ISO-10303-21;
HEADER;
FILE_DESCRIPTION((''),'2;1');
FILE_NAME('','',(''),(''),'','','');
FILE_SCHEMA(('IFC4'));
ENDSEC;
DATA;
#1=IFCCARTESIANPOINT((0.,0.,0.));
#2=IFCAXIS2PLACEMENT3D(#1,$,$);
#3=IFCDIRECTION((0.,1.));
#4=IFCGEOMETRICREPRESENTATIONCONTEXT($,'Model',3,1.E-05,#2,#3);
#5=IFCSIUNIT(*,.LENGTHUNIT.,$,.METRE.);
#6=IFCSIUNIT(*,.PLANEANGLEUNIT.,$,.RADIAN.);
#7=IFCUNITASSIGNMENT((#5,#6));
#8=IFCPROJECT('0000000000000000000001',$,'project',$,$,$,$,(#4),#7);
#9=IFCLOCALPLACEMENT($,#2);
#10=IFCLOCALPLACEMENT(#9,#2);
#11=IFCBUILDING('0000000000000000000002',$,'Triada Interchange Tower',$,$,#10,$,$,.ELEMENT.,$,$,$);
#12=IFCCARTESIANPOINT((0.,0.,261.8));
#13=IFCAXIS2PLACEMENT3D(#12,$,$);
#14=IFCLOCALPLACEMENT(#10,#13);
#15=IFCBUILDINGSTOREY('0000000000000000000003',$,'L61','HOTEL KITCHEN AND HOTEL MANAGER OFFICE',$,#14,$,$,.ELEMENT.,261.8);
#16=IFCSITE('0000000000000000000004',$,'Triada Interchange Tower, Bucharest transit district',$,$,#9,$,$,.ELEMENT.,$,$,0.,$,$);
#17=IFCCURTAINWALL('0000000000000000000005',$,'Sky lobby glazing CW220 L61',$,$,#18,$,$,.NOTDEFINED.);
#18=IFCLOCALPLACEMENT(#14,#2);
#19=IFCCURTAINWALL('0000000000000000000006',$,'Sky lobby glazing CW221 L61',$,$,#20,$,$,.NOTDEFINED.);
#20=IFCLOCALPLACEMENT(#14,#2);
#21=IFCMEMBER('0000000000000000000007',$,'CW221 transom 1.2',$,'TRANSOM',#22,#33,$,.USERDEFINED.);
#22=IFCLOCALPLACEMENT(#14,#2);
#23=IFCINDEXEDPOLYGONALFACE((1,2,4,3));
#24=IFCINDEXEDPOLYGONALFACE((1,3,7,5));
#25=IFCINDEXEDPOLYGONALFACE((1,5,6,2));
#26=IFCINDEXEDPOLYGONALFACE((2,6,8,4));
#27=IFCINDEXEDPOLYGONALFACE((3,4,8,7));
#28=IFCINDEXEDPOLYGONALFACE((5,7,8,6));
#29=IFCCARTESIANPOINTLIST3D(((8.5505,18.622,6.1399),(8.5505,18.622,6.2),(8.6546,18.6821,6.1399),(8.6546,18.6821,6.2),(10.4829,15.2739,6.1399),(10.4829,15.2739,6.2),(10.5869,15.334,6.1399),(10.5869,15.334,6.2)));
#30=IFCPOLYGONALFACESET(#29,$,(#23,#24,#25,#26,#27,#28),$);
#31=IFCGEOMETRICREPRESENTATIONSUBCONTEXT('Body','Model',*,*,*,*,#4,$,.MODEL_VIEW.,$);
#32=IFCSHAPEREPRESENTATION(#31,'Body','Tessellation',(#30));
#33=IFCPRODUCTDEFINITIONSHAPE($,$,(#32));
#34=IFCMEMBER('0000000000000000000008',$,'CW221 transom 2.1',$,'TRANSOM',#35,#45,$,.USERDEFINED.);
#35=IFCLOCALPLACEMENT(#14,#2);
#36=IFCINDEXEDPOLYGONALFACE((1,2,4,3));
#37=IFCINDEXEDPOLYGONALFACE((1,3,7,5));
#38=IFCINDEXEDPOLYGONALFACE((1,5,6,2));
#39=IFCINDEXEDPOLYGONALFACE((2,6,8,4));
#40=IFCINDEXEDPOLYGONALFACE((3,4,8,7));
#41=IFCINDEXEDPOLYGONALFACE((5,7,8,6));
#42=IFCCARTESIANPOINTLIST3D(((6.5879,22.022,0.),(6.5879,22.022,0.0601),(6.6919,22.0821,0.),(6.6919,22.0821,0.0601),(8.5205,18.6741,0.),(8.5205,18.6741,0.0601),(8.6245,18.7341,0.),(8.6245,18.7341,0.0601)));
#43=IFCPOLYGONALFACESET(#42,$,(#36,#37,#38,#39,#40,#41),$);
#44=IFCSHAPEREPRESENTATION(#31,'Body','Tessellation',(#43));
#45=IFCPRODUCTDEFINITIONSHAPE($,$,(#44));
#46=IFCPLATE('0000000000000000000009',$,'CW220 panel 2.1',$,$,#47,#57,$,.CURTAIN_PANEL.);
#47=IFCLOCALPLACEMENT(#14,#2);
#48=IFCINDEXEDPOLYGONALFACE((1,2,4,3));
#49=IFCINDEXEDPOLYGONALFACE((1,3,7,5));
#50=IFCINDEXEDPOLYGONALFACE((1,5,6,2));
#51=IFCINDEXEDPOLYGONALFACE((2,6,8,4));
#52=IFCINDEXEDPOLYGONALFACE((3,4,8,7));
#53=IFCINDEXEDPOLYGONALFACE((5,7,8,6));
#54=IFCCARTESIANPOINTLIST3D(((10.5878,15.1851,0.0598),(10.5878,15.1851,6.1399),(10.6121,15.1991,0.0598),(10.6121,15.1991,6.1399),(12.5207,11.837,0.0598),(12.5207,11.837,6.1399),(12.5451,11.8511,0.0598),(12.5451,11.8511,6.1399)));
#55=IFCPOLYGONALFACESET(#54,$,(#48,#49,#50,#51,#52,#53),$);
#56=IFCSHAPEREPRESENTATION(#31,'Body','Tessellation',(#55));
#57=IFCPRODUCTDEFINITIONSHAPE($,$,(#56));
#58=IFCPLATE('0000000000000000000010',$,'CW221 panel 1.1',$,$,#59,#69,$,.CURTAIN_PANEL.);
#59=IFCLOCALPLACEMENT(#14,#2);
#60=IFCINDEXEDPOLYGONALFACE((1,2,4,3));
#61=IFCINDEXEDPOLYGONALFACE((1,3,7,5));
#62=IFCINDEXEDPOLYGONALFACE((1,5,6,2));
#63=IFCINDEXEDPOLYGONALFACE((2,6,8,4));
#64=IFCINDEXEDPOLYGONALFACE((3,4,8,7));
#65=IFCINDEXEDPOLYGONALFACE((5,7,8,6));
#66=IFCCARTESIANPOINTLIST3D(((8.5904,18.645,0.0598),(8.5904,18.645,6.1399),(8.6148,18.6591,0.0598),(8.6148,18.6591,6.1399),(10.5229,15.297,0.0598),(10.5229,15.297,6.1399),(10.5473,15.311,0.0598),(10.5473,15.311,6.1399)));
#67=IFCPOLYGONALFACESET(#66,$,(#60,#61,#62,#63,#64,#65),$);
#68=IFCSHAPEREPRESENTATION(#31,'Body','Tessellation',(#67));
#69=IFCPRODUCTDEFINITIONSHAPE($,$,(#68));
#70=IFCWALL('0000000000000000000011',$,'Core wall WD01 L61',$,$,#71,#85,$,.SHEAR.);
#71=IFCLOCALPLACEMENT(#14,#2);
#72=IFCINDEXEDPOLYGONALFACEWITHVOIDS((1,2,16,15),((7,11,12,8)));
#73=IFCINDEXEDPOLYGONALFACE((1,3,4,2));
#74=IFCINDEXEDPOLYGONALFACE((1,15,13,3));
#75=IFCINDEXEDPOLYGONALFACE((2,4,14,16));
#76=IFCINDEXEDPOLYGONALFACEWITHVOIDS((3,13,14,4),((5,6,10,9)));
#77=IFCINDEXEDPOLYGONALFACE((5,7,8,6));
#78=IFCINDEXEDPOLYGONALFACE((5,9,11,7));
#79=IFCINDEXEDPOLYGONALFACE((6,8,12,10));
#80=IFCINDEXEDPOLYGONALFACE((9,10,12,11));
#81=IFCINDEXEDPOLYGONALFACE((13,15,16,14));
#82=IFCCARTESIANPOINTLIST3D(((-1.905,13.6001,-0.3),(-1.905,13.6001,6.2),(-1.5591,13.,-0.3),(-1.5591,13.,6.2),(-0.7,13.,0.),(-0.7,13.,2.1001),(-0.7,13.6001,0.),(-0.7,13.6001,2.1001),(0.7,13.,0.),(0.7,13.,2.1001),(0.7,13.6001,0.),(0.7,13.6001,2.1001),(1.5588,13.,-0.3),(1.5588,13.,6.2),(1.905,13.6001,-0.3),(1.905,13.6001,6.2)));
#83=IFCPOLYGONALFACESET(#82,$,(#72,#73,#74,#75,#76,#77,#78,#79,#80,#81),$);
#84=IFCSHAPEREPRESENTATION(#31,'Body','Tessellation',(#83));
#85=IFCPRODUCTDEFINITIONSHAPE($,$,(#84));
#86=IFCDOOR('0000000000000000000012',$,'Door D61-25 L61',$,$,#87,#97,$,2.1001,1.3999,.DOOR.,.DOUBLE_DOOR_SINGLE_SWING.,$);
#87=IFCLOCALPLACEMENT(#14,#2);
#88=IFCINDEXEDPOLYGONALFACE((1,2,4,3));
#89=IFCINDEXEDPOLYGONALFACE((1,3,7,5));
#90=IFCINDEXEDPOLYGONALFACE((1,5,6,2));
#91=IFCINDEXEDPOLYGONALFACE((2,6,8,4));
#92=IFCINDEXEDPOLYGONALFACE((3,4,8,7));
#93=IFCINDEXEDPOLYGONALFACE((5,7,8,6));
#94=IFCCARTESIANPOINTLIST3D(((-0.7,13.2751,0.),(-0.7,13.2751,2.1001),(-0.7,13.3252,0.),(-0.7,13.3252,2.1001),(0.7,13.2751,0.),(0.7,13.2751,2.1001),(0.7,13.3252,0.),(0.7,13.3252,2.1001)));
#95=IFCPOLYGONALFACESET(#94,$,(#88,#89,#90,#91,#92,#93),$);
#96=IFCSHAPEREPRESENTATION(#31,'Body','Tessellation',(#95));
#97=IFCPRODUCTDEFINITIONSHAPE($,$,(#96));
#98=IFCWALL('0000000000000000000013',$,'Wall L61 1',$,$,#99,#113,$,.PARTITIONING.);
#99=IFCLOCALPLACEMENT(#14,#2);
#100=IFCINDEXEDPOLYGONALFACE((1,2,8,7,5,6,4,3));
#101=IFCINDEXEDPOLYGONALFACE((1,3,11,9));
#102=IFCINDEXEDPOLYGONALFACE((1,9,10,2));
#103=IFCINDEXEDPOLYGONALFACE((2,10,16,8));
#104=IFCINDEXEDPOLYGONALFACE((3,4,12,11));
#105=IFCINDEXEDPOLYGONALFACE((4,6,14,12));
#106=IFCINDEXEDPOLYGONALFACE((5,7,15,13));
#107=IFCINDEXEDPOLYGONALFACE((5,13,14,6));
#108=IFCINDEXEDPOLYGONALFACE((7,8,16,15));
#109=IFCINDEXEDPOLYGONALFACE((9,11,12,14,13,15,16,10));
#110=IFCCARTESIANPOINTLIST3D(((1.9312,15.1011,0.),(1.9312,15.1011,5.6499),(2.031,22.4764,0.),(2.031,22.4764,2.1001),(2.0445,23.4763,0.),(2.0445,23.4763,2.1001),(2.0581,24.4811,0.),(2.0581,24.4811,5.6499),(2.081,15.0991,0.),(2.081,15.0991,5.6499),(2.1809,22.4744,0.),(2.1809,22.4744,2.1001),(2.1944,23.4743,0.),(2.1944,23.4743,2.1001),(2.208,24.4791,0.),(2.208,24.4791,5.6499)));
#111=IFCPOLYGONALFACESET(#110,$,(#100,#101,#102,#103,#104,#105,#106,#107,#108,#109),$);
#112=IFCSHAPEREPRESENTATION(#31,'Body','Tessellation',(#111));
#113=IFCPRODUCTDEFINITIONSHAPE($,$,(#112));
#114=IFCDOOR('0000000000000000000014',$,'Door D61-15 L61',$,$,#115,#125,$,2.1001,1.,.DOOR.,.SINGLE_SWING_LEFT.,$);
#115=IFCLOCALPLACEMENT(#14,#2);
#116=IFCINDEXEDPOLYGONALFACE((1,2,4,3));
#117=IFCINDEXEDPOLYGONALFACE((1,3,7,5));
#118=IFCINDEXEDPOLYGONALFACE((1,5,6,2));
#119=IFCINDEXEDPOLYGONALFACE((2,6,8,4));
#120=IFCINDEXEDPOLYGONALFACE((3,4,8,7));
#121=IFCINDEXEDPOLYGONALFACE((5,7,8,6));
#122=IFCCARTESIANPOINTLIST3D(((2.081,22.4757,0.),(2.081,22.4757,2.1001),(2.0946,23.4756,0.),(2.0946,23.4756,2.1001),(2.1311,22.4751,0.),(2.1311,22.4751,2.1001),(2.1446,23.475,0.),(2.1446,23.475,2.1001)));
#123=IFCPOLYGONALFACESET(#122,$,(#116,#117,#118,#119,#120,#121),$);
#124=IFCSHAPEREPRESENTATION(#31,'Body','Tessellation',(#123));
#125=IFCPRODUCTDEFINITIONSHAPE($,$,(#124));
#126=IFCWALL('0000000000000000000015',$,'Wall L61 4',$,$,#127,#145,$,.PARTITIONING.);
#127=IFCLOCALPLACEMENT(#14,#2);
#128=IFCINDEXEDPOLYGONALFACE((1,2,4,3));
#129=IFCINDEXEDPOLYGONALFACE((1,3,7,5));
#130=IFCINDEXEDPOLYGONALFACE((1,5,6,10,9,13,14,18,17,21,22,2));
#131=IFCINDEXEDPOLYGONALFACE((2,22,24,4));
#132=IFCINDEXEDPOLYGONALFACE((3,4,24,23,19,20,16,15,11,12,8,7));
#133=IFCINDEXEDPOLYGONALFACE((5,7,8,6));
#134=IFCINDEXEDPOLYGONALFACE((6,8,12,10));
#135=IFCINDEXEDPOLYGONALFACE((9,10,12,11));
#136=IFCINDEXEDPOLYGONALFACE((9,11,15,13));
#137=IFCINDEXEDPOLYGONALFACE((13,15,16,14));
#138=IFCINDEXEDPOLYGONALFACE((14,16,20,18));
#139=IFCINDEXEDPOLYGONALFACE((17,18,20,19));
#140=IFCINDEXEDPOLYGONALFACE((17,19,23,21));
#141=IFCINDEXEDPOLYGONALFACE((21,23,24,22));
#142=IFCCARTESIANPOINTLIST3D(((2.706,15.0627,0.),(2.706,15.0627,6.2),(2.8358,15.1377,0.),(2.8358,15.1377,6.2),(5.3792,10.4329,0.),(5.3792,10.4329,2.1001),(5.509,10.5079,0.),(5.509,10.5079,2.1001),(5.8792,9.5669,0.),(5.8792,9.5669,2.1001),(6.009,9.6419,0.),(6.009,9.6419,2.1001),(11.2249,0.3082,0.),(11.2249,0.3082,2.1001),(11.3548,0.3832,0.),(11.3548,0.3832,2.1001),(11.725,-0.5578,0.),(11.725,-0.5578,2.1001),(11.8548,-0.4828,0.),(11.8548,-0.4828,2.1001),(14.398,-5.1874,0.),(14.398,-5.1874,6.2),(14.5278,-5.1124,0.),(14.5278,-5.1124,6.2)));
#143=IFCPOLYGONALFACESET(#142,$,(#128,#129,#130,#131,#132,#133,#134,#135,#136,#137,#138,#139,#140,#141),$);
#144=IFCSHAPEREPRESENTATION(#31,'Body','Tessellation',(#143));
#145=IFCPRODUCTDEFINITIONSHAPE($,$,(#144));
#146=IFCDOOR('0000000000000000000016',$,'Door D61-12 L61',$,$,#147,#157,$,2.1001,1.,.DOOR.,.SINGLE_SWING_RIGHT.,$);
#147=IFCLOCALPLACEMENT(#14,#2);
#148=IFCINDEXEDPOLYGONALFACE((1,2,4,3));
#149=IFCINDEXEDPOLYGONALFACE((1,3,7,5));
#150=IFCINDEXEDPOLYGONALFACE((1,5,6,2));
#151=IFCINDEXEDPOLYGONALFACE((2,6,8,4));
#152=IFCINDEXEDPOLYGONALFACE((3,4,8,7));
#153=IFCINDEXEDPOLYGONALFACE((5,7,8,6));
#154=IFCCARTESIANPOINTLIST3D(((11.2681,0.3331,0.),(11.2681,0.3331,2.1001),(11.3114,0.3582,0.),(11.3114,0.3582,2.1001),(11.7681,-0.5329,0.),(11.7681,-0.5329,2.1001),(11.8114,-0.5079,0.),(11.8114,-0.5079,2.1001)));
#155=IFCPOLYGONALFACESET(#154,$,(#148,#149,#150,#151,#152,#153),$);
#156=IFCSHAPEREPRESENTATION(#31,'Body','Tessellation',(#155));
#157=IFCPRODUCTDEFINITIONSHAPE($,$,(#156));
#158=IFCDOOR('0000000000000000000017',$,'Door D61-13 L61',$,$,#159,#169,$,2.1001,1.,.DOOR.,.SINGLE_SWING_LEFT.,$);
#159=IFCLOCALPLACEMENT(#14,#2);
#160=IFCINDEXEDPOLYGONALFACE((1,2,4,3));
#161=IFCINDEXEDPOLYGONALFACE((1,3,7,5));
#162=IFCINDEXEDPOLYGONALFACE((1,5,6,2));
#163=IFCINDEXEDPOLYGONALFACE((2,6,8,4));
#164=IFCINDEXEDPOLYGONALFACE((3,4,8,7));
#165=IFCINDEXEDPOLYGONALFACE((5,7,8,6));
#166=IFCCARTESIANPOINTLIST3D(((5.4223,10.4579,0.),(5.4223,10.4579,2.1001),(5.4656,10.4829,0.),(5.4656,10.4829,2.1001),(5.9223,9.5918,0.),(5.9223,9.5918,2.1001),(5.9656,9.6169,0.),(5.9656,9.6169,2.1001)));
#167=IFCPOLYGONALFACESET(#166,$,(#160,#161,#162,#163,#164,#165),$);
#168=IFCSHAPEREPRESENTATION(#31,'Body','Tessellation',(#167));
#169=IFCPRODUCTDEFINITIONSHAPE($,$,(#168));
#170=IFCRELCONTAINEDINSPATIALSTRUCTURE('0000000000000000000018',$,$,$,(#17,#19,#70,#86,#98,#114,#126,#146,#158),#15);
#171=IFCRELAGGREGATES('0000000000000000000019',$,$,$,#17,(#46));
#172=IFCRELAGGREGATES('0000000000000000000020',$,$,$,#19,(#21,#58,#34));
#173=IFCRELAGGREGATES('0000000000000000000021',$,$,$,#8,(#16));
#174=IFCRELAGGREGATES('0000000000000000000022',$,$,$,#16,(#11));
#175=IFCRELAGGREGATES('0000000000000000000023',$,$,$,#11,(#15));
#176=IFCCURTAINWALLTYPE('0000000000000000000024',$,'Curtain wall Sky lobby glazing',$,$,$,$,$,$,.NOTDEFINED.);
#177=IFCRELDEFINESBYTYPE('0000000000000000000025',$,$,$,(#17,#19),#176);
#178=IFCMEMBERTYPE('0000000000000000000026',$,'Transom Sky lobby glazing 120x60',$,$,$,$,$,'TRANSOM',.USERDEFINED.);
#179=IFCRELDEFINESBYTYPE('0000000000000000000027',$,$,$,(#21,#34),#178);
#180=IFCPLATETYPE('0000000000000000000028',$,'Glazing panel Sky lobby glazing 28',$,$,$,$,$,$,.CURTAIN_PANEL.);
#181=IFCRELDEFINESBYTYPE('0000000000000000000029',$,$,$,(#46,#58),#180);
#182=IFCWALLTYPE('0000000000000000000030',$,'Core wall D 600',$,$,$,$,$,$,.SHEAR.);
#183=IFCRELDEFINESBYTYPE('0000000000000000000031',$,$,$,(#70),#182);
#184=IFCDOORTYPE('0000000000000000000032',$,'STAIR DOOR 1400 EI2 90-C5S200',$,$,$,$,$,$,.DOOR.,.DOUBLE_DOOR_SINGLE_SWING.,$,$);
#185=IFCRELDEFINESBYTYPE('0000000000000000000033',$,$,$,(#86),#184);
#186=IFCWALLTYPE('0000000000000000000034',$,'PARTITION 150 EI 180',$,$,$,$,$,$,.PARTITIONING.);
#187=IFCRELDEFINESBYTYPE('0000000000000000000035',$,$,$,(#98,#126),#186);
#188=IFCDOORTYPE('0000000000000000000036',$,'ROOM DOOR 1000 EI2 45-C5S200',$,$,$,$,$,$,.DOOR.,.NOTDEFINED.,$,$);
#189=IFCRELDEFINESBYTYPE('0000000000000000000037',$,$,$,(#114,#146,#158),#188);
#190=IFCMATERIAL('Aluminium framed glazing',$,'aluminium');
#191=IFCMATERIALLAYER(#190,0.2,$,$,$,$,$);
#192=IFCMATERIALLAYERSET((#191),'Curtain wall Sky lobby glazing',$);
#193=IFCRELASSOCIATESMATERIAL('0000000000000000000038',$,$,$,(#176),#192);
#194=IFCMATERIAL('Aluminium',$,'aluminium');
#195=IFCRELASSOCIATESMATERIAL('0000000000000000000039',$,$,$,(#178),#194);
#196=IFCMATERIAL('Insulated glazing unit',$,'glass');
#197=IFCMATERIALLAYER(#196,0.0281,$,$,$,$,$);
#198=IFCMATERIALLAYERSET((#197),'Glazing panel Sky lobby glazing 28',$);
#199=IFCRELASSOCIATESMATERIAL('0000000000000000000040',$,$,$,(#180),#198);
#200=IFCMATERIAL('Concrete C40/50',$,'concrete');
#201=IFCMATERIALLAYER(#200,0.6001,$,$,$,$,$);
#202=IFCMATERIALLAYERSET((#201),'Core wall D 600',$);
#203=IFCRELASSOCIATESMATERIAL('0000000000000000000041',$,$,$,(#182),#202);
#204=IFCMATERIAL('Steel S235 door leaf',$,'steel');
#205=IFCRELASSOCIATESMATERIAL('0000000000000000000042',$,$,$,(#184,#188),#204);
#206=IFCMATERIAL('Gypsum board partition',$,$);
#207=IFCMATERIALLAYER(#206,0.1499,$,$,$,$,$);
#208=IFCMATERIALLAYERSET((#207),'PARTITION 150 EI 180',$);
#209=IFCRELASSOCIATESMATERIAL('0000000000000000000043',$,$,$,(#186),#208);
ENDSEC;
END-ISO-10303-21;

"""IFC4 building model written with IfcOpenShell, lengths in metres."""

from ifc_helpers import new_model, si_unit, direction, frame, frame_2d, origin, origin_2d, place, context, subcontext, project, spatial, polyline, rectangle, outline, extrude, material, layer, layer_set, material_profile, profile_set, type_object, element, fill, aggregate, save


model = new_model("IFC4")

# Units and contexts
model_context = context("Model", 3, precision=1e-05, world=origin(), true_north=direction((0.0, 1.0)))
body_context = subcontext(model_context, "Body", "Model", "MODEL_VIEW")
ifc_project = project(units=[si_unit("LENGTHUNIT", "METRE"), si_unit("PLANEANGLEUNIT", "RADIAN")], contexts=[model_context])

# Site, building, storey
site_placement = place(None, origin())
site = spatial("IfcSite", under=ifc_project, at=site_placement, Name="Triada Interchange Tower, Bucharest transit district", CompositionType="ELEMENT", RefElevation=0.0)
building_placement = place(site_placement, origin())
building = spatial("IfcBuilding", under=site, at=building_placement, Name="Triada Interchange Tower", CompositionType="ELEMENT")
storey_placement = place(building_placement, frame((0.0, 0.0, 261.8)))
storey = spatial("IfcBuildingStorey", under=building, at=storey_placement, Name="L61", Description="HOTEL KITCHEN AND HOTEL MANAGER OFFICE", CompositionType="ELEMENT", Elevation=261.8)

# Shared definitions
ifc_material_1 = material(Name="Concrete C40/50", Category="concrete")

# Curtain walls
ifc_material_2 = material(Name="Aluminium framed glazing", Category="aluminium")
ifc_layer_1 = layer(ifc_material_2, 0.2)
ifc_layer_set_1 = layer_set([ifc_layer_1], Name="Curtain wall Sky lobby glazing")
curtain_wall_type = type_object("IfcCurtainWallType", Name="Curtain wall Sky lobby glazing", PredefinedType="NOTDEFINED", material=ifc_layer_set_1)
curtain_wall_1_placement = place(storey_placement, origin())
curtain_wall_1 = element("IfcCurtainWall", 1, at=curtain_wall_1_placement, inside=storey, type_object=curtain_wall_type, Name="Sky lobby glazing CW220 L61", PredefinedType="NOTDEFINED")
ifc_material_3 = material(Name="Aluminium", Category="aluminium")
curtain_wall_2_placement = place(storey_placement, origin())
curtain_wall_2 = element("IfcCurtainWall", 2, at=curtain_wall_2_placement, inside=storey, type_object=curtain_wall_type, Name="Sky lobby glazing CW221 L61", PredefinedType="NOTDEFINED")

# Members
ifc_material_profile_1 = material_profile(ifc_material_3, rectangle(XDim=0.1201, YDim=0.0601, at=origin_2d()), Name="Aluminium transom")
ifc_profile_set_1 = profile_set([ifc_material_profile_1], Name="Aluminium")
member_type_1 = type_object("IfcMemberType", Name="Transom Sky lobby glazing 120x60", ElementType="TRANSOM", PredefinedType="USERDEFINED", material=ifc_profile_set_1)
member_1_placement = place(storey_placement, frame((10.5349, 15.304, 6.1699), z_axis=(-0.499868, 0.866101, 0.0), x_axis=(-0.866101, -0.499868, 0.0)))
member_1 = element("IfcMember", 3, at=member_1_placement, type_object=member_type_1, Name="CW221 transom 1.2", ObjectType="TRANSOM", PredefinedType="USERDEFINED", context=body_context, shape_type="SweptSolid", body=[
    extrude(rectangle(XDim=0.1201, YDim=0.0601, at=origin_2d()), origin(), (0.0, 0.0, 1.0), 3.8657),
])
member_2_placement = place(storey_placement, frame((8.5725, 18.7041, 0.03), z_axis=(-0.499943, 0.866058, 0.0), x_axis=(-0.866058, -0.499943, 0.0)))
member_2 = element("IfcMember", 4, at=member_2_placement, type_object=member_type_1, Name="CW221 transom 2.1", ObjectType="TRANSOM", PredefinedType="USERDEFINED", context=body_context, shape_type="SweptSolid", body=[
    extrude(rectangle(XDim=0.1201, YDim=0.0601, at=origin_2d()), origin(), (0.0, 0.0, 1.0), 3.8657),
])

# Plates
ifc_material_4 = material(Name="Insulated glazing unit", Category="glass")
ifc_layer_2 = layer(ifc_material_4, 0.0281)
ifc_layer_set_2 = layer_set([ifc_layer_2], Name="Glazing panel Sky lobby glazing 28")
plate_type = type_object("IfcPlateType", Name="Glazing panel Sky lobby glazing 28", PredefinedType="CURTAIN_PANEL", material=ifc_layer_set_2)
plate_1_placement = place(storey_placement, frame((11.5664, 13.5181, 0.0598), z_axis=(0.0, 0.0, 1.0), x_axis=(-0.5, 0.866026, 0.0)))
plate_1 = element("IfcPlate", 5, at=plate_1_placement, type_object=plate_type, Name="CW220 panel 2.1", PredefinedType="CURTAIN_PANEL", context=body_context, shape_type="SweptSolid", body=[
    extrude(rectangle(XDim=3.866, YDim=0.0281, at=origin_2d()), origin(), (0.0, 0.0, 1.0), 6.0801),
])
aggregate(curtain_wall_1, [plate_1])
plate_2_placement = place(storey_placement, frame((9.5688, 16.978, 0.0598), z_axis=(0.0, 0.0, 1.0), x_axis=(-0.499905, 0.86608, 0.0)))
plate_2 = element("IfcPlate", 6, at=plate_2_placement, type_object=plate_type, Name="CW221 panel 1.1", PredefinedType="CURTAIN_PANEL", context=body_context, shape_type="SweptSolid", body=[
    extrude(rectangle(XDim=3.8657, YDim=0.0281, at=origin_2d()), origin(), (0.0, 0.0, 1.0), 6.0801),
])
aggregate(curtain_wall_2, [member_1, plate_2, member_2])

# Walls, openings, doors
ifc_layer_3 = layer(ifc_material_1, 0.6001)
ifc_layer_set_3 = layer_set([ifc_layer_3], Name="Core wall D 600")
wall_type_1 = type_object("IfcWallType", Name="Core wall D 600", PredefinedType="SHEAR", material=ifc_layer_set_3)
wall_1_placement = place(storey_placement, frame((1.7319, 13.3, -0.3), z_axis=(0.0, 0.0, 1.0), x_axis=(-1.0, 0.0, 0.0)))
wall_1 = element("IfcWall", 7, at=wall_1_placement, inside=storey, type_object=wall_type_1, Name="Core wall WD01 L61", PredefinedType="SHEAR", context=body_context, shape_type="SweptSolid", body=[
    extrude(outline(polyline([(-0.1731, -0.3), (1.7319, -0.3), (3.637, -0.3), (3.291, 0.3), (1.7319, 0.3), (0.1731, 0.3), (-0.1731, -0.3)])), origin(), (0.0, 0.0, 1.0), 6.5),
])
opening_1_placement = place(wall_1_placement, frame((1.032, 0.0, 0.3)))
opening_1 = element("IfcOpeningElement", 8, at=opening_1_placement, cuts=wall_1, PredefinedType="OPENING", context=body_context, shape_type="SweptSolid", body=[
    extrude(rectangle(XDim=1.3999, YDim=2.1001, at=frame_2d((0.7, 1.05))), frame((0.0, 0.3101, 0.0), z_axis=(0.0, -1.0, 0.0), x_axis=(1.0, 0.0, 0.0)), (0.0, 0.0, 1.0), 0.6201),
])
ifc_material_5 = material(Name="Steel S235 door leaf", Category="steel")
door_type_1 = type_object("IfcDoorType", Name="STAIR DOOR 1400 EI2 90-C5S200", OperationType="DOUBLE_DOOR_SINGLE_SWING", PredefinedType="DOOR", material=ifc_material_5)
door_1_placement = place(opening_1_placement, origin())
door_1 = element("IfcDoor", 9, at=door_1_placement, inside=storey, type_object=door_type_1, Name="Door D61-25 L61", OperationType="DOUBLE_DOOR_SINGLE_SWING", OverallHeight=2.1001, OverallWidth=1.3999, PredefinedType="DOOR", context=body_context, shape_type="SweptSolid", body=[
    extrude(rectangle(XDim=1.3999, YDim=2.1001, at=frame_2d((0.7, 1.05))), frame((0.0, 0.0249, 0.0), z_axis=(0.0, -1.0, 0.0), x_axis=(1.0, 0.0, 0.0)), (0.0, 0.0, 1.0), 0.05),
])
fill(opening_1, door_1)
ifc_material_6 = material(Name="Gypsum board partition")
ifc_layer_4 = layer(ifc_material_6, 0.1499)
ifc_layer_set_4 = layer_set([ifc_layer_4], Name="PARTITION 150 EI 180")
wall_type_2 = type_object("IfcWallType", Name="PARTITION 150 EI 180", PredefinedType="PARTITIONING", material=ifc_layer_set_4)
wall_2_placement = place(storey_placement, frame((2.0061, 15.1001, 0.0), z_axis=(0.0, 0.0, 1.0), x_axis=(0.013533, 0.999908, 0.0)))
wall_2 = element("IfcWall", 10, at=wall_2_placement, inside=storey, type_object=wall_type_2, Name="Wall L61 1", PredefinedType="PARTITIONING", context=body_context, shape_type="SweptSolid", body=[
    extrude(rectangle(XDim=9.3809, YDim=0.1499, at=frame_2d((4.6904, 0.0))), origin(), (0.0, 0.0, 1.0), 5.6499),
])
opening_2_placement = place(wall_2_placement, frame((7.376, 0.0, 0.0)))
opening_2 = element("IfcOpeningElement", 11, at=opening_2_placement, cuts=wall_2, PredefinedType="OPENING", context=body_context, shape_type="SweptSolid", body=[
    extrude(rectangle(XDim=1.0, YDim=2.1001, at=frame_2d((0.5, 1.05))), frame((0.0, 0.085, 0.0), z_axis=(0.0, -1.0, 0.0), x_axis=(1.0, 0.0, 0.0)), (0.0, 0.0, 1.0), 0.1699),
])
door_type_2 = type_object("IfcDoorType", Name="ROOM DOOR 1000 EI2 45-C5S200", OperationType="NOTDEFINED", PredefinedType="DOOR", material=ifc_material_5)
door_2_placement = place(opening_2_placement, origin())
door_2 = element("IfcDoor", 12, at=door_2_placement, inside=storey, type_object=door_type_2, Name="Door D61-15 L61", OperationType="SINGLE_SWING_LEFT", OverallHeight=2.1001, OverallWidth=1.0, PredefinedType="DOOR", context=body_context, shape_type="SweptSolid", body=[
    extrude(rectangle(XDim=1.0, YDim=2.1001, at=frame_2d((0.5, 1.05))), frame((0.0, 0.0249, 0.0), z_axis=(0.0, -1.0, 0.0), x_axis=(1.0, 0.0, 0.0)), (0.0, 0.0, 1.0), 0.05),
])
fill(opening_2, door_2)

# Wall, openings, doors
wall_3_placement = place(storey_placement, frame((2.771, 15.1001, 0.0), z_axis=(0.0, 0.0, 1.0), x_axis=(0.500018, -0.866015, 0.0)))
wall_3 = element("IfcWall", 13, at=wall_3_placement, inside=storey, type_object=wall_type_2, Name="Wall L61 4", PredefinedType="PARTITIONING", context=body_context, shape_type="SweptSolid", body=[
    extrude(rectangle(XDim=23.3831, YDim=0.1499, at=frame_2d((11.6914, 0.0))), origin(), (0.0, 0.0, 1.0), 6.2),
])
opening_3_placement = place(wall_3_placement, frame((17.0371, 0.0, 0.0)))
opening_3 = element("IfcOpeningElement", 14, at=opening_3_placement, cuts=wall_3, PredefinedType="OPENING", context=body_context, shape_type="SweptSolid", body=[
    extrude(rectangle(XDim=1.0, YDim=2.1001, at=frame_2d((0.5, 1.05))), frame((0.0, 0.085, 0.0), z_axis=(0.0, -1.0, 0.0), x_axis=(1.0, 0.0, 0.0)), (0.0, 0.0, 1.0), 0.1699),
])
opening_4_placement = place(wall_3_placement, frame((5.3459, 0.0, 0.0)))
opening_4 = element("IfcOpeningElement", 15, at=opening_4_placement, cuts=wall_3, PredefinedType="OPENING", context=body_context, shape_type="SweptSolid", body=[
    extrude(rectangle(XDim=1.0, YDim=2.1001, at=frame_2d((0.5, 1.05))), frame((0.0, 0.085, 0.0), z_axis=(0.0, -1.0, 0.0), x_axis=(1.0, 0.0, 0.0)), (0.0, 0.0, 1.0), 0.1699),
])
door_3_placement = place(opening_3_placement, origin())
door_3 = element("IfcDoor", 16, at=door_3_placement, inside=storey, type_object=door_type_2, Name="Door D61-12 L61", OperationType="SINGLE_SWING_RIGHT", OverallHeight=2.1001, OverallWidth=1.0, PredefinedType="DOOR", context=body_context, shape_type="SweptSolid", body=[
    extrude(rectangle(XDim=1.0, YDim=2.1001, at=frame_2d((0.5, 1.05))), frame((0.0, 0.0249, 0.0), z_axis=(0.0, -1.0, 0.0), x_axis=(1.0, 0.0, 0.0)), (0.0, 0.0, 1.0), 0.05),
])
fill(opening_3, door_3)
door_4_placement = place(opening_4_placement, origin())
door_4 = element("IfcDoor", 17, at=door_4_placement, inside=storey, type_object=door_type_2, Name="Door D61-13 L61", OperationType="SINGLE_SWING_LEFT", OverallHeight=2.1001, OverallWidth=1.0, PredefinedType="DOOR", context=body_context, shape_type="SweptSolid", body=[
    extrude(rectangle(XDim=1.0, YDim=2.1001, at=frame_2d((0.5, 1.05))), frame((0.0, 0.0249, 0.0), z_axis=(0.0, -1.0, 0.0), x_axis=(1.0, 0.0, 0.0)), (0.0, 0.0, 1.0), 0.05),
])
fill(opening_4, door_4)

save(model, "model.ifc")
